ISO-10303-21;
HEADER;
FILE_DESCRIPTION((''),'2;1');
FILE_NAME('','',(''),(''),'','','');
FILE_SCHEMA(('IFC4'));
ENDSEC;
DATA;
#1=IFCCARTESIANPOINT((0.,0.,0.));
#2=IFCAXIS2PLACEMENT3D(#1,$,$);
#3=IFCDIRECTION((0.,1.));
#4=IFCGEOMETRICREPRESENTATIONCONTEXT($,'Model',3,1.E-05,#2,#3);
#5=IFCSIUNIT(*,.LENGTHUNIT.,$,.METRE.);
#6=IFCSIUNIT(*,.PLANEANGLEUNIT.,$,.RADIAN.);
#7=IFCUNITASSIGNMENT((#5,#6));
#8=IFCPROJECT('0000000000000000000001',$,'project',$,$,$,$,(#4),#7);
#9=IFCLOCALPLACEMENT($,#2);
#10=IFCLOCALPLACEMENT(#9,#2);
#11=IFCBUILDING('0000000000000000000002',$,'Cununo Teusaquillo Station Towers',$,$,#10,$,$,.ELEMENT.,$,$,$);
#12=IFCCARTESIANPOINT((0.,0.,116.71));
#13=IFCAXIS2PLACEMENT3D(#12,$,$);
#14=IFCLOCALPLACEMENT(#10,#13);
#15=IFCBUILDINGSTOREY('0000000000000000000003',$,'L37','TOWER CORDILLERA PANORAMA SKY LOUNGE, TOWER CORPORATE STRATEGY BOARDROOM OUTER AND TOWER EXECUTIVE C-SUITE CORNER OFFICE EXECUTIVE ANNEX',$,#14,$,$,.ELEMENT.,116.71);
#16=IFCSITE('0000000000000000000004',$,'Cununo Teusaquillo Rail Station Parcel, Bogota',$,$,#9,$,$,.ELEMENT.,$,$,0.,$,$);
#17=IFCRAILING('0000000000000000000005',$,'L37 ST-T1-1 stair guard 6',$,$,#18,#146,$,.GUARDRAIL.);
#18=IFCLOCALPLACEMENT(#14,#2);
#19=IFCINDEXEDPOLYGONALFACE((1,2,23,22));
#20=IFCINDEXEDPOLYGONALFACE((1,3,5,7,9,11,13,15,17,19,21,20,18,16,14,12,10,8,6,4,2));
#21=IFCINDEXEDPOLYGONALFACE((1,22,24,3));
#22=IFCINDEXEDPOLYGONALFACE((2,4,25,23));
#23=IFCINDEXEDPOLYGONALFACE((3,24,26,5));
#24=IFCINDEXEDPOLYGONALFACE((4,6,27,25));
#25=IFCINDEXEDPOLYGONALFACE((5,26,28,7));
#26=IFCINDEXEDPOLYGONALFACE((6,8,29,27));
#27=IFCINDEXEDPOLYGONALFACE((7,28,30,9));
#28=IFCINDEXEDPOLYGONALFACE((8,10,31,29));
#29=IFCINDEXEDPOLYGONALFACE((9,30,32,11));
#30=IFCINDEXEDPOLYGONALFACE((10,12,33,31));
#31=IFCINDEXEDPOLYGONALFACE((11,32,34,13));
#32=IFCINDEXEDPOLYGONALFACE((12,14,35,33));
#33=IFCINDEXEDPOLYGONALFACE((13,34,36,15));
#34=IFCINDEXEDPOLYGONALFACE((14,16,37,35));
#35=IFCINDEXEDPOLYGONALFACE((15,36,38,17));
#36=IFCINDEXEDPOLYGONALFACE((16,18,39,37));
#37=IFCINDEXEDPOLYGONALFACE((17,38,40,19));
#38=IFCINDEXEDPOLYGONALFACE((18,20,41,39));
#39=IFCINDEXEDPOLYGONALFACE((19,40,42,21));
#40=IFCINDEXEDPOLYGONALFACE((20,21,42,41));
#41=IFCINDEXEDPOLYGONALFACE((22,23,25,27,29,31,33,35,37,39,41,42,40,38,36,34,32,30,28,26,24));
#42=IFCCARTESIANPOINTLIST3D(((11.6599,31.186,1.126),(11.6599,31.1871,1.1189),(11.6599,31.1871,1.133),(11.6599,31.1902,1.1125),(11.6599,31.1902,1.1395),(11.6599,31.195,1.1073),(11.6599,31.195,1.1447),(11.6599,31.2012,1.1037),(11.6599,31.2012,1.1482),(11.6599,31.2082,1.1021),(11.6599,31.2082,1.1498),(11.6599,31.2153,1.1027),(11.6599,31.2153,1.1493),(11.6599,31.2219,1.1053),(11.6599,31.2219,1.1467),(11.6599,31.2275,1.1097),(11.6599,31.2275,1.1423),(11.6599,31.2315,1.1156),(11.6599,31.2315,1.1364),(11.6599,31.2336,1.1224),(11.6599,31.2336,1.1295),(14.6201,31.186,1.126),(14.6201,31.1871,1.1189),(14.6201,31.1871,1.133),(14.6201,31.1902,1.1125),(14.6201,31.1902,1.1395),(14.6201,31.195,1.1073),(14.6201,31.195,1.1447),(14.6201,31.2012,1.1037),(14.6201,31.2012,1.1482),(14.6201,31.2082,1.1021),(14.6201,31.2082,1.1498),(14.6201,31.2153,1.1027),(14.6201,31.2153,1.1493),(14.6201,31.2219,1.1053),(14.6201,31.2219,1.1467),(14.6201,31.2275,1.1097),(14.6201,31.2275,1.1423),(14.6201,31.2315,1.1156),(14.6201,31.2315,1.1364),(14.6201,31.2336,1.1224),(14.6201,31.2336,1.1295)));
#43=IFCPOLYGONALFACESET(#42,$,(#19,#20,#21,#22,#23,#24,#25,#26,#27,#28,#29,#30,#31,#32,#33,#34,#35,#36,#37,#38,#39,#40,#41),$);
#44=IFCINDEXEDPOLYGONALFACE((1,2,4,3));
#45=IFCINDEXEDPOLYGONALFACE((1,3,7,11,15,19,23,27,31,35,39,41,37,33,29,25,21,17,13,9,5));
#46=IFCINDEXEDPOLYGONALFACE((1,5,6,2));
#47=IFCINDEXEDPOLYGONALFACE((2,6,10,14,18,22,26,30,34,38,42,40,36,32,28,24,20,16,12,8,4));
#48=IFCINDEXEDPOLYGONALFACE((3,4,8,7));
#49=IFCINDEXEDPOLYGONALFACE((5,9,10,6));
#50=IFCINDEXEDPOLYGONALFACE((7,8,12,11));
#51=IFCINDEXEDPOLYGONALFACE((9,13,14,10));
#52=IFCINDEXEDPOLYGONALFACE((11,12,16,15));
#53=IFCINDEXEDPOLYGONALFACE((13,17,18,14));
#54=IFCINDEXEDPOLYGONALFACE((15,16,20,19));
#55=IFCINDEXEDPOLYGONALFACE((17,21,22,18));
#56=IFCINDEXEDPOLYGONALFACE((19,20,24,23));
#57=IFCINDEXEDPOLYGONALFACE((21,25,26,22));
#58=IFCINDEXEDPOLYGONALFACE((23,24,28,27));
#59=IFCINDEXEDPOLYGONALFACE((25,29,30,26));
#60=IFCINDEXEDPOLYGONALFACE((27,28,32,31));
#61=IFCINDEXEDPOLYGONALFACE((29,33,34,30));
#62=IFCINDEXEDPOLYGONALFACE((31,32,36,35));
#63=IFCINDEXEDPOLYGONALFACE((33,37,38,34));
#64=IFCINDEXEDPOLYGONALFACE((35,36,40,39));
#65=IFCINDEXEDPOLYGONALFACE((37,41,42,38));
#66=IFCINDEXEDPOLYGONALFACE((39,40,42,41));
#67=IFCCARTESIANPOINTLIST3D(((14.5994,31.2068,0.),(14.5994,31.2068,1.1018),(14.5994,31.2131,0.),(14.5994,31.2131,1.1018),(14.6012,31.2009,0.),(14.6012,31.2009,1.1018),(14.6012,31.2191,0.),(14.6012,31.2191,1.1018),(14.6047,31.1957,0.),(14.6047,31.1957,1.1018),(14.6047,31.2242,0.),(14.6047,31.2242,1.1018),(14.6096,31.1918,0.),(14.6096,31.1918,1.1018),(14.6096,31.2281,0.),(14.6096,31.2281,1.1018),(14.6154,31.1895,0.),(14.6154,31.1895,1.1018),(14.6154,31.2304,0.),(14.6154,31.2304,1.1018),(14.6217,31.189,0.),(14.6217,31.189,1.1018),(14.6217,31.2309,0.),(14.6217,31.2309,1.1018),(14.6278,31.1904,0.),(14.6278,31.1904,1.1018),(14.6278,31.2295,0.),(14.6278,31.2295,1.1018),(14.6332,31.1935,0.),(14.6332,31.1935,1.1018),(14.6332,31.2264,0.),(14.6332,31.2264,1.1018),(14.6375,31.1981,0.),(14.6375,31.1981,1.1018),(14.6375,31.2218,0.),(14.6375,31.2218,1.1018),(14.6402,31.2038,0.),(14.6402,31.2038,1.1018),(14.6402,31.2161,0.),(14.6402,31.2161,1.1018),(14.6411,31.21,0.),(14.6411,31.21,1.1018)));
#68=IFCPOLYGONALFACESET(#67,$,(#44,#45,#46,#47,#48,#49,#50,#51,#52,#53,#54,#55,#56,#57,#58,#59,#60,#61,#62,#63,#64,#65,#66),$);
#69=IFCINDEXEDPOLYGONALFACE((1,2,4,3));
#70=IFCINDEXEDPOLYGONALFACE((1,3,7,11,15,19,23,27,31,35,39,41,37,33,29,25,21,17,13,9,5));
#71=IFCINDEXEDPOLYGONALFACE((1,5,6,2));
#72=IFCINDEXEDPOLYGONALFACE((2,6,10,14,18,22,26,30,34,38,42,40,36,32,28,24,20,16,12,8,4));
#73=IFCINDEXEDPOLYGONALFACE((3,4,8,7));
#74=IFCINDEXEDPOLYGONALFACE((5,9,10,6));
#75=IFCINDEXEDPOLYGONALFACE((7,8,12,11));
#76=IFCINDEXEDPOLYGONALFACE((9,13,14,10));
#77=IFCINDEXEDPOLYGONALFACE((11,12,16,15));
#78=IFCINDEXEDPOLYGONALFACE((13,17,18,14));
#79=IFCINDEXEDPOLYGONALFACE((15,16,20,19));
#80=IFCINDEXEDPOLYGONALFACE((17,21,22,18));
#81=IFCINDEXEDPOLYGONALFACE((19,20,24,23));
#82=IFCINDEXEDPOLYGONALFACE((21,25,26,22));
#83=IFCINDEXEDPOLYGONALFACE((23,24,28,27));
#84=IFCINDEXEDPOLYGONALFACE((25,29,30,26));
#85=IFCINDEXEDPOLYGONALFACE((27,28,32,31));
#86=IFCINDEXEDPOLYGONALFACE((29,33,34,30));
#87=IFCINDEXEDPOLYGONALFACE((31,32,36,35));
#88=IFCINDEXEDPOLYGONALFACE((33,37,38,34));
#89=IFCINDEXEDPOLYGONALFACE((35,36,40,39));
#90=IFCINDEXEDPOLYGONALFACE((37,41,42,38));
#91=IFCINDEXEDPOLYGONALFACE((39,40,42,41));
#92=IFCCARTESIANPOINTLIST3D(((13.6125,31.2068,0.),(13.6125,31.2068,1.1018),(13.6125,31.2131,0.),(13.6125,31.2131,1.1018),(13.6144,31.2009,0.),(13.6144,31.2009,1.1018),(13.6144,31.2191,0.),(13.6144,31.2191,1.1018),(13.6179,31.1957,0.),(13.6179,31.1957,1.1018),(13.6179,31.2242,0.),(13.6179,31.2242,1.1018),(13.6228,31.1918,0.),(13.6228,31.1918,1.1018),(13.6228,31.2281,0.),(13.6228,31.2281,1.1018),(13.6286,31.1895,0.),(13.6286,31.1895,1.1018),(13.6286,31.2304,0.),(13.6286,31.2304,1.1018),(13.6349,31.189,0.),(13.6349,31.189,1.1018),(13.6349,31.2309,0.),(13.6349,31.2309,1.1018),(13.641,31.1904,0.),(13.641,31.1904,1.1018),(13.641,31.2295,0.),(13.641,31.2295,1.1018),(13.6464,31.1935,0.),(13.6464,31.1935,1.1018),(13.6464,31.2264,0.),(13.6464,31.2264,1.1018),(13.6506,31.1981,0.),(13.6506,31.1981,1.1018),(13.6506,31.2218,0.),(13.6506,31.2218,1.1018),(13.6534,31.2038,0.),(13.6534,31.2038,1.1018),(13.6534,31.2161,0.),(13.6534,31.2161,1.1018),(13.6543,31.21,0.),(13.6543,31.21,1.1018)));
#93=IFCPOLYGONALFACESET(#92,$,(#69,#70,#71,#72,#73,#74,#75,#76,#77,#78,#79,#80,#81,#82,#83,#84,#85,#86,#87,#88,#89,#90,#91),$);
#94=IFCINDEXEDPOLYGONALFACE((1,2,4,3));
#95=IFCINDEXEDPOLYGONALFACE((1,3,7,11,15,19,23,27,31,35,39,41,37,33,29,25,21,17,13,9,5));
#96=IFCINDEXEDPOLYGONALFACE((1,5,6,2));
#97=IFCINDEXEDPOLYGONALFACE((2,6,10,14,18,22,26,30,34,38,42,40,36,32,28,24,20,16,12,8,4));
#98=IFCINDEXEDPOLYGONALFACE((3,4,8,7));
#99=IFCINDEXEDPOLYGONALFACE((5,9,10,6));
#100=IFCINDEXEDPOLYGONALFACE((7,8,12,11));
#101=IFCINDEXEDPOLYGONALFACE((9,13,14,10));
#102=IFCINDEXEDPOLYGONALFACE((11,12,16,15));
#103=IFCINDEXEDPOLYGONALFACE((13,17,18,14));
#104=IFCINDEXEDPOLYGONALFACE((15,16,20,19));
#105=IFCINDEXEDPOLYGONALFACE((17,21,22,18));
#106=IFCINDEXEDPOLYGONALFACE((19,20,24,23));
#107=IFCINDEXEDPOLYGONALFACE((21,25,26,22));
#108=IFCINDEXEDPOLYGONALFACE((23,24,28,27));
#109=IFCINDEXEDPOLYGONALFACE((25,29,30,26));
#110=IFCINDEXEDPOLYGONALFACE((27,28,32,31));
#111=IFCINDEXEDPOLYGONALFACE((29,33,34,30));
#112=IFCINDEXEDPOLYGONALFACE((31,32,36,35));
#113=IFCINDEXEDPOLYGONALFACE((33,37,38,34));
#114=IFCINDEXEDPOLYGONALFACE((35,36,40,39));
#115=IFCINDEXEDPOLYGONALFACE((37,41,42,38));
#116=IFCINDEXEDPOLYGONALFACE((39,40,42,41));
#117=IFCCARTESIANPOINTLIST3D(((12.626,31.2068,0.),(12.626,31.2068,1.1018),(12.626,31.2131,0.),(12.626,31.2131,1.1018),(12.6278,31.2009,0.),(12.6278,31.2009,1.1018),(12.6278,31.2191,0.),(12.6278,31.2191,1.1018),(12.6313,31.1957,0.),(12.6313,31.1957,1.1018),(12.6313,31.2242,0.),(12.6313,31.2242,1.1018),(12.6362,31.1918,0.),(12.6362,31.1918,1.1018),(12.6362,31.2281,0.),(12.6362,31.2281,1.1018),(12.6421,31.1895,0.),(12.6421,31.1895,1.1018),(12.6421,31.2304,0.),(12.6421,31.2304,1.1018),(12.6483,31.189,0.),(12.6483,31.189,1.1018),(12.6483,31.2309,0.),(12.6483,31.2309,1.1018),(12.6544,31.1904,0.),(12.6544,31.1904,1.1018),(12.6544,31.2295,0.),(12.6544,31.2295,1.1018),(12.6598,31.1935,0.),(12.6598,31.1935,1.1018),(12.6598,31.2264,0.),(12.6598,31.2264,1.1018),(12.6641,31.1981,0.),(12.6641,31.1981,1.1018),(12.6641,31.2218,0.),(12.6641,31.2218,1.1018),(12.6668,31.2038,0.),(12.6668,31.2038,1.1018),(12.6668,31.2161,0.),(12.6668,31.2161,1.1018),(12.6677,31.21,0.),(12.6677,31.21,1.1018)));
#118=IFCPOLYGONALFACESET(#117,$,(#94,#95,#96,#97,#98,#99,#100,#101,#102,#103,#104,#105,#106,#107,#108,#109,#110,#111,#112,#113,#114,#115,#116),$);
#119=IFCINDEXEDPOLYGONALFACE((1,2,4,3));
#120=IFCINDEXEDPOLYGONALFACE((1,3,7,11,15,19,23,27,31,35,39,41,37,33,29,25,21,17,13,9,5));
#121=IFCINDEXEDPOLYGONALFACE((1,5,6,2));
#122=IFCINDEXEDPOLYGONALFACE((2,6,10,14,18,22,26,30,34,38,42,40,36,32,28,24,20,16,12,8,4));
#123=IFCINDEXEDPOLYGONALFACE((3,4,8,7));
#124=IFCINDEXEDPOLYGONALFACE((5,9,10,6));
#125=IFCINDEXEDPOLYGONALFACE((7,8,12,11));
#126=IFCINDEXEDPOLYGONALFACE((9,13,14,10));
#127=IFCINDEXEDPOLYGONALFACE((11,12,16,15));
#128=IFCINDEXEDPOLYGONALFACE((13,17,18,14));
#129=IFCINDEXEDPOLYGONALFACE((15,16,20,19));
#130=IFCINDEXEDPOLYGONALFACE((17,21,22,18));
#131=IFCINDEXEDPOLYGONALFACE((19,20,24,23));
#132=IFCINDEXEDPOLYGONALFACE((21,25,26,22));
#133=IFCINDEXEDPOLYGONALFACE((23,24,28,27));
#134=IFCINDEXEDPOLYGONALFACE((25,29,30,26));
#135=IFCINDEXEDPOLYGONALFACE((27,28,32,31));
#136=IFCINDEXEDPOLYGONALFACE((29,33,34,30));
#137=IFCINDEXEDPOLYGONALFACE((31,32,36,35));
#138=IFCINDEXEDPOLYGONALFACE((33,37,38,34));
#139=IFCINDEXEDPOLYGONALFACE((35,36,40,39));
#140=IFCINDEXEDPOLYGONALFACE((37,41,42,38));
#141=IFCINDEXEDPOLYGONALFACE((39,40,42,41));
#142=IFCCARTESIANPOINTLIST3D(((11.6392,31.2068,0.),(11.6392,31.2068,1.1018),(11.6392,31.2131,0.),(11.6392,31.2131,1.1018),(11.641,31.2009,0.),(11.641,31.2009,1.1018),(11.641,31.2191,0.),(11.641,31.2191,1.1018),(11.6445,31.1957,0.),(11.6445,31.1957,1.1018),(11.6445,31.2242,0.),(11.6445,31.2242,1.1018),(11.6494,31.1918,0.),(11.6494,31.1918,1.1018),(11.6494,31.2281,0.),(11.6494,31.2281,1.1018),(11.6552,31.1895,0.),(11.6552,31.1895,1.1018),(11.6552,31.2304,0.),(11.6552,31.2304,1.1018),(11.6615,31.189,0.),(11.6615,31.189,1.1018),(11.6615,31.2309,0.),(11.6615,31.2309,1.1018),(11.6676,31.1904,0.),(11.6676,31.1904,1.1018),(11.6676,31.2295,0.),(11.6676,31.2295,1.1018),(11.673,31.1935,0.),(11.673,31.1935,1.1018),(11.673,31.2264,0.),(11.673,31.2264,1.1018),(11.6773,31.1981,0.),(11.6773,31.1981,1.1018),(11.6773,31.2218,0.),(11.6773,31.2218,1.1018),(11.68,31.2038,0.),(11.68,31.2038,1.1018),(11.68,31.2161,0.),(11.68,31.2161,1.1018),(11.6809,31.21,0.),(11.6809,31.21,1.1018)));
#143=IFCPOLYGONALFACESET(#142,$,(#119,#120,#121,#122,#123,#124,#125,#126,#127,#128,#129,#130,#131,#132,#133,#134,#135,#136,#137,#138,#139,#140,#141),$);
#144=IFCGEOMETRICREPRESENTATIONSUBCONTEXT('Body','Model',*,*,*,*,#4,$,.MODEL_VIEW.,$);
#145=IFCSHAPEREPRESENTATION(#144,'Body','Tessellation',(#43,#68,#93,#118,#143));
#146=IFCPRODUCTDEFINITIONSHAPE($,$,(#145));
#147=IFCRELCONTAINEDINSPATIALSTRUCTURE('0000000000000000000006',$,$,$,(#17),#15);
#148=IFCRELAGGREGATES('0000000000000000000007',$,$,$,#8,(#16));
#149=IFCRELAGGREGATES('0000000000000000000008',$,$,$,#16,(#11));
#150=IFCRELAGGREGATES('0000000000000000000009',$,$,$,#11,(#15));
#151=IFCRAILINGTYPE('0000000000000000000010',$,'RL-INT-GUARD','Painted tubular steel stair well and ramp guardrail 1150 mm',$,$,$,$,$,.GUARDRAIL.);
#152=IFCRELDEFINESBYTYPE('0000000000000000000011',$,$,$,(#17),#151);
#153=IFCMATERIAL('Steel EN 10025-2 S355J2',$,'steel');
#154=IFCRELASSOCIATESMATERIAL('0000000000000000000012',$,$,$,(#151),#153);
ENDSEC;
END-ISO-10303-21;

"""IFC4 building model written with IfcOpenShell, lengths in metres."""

from ifc_helpers import new_model, si_unit, direction, frame, origin, origin_2d, place, context, subcontext, project, spatial, circle, extrude, material, type_object, element, save


model = new_model("IFC4")

# Units and contexts
model_context = context("Model", 3, precision=1e-05, world=origin(), true_north=direction((0.0, 1.0)))
body_context = subcontext(model_context, "Body", "Model", "MODEL_VIEW")
ifc_project = project(units=[si_unit("LENGTHUNIT", "METRE"), si_unit("PLANEANGLEUNIT", "RADIAN")], contexts=[model_context])

# Site, building, storey
site_placement = place(None, origin())
site = spatial("IfcSite", under=ifc_project, at=site_placement, Name="Cununo Teusaquillo Rail Station Parcel, Bogota", CompositionType="ELEMENT", RefElevation=0.0)
building_placement = place(site_placement, origin())
building = spatial("IfcBuilding", under=site, at=building_placement, Name="Cununo Teusaquillo Station Towers", CompositionType="ELEMENT")
storey_placement = place(building_placement, frame((0.0, 0.0, 116.71)))
storey = spatial("IfcBuildingStorey", under=building, at=storey_placement, Name="L37", Description="TOWER CORDILLERA PANORAMA SKY LOUNGE, TOWER CORPORATE STRATEGY BOARDROOM OUTER AND TOWER EXECUTIVE C-SUITE CORNER OFFICE EXECUTIVE ANNEX", CompositionType="ELEMENT", Elevation=116.71)

# Railing
ifc_material_1 = material(Name="Steel EN 10025-2 S355J2", Category="steel")
railing_type_1 = type_object("IfcRailingType", Name="RL-INT-GUARD", Description="Painted tubular steel stair well and ramp guardrail 1150 mm", PredefinedType="GUARDRAIL", material=ifc_material_1)
railing_1_placement = place(storey_placement, frame((14.6201, 31.21, 0.0)))
element("IfcRailing", 1, at=railing_1_placement, inside=storey, type_object=railing_type_1, Name="L37 ST-T1-1 stair guard 6", PredefinedType="GUARDRAIL", context=body_context, shape_type="SweptSolid", body=[
    extrude(circle(Radius=0.0239, at=origin_2d()), frame((0.0, 0.0, 1.126), z_axis=(-1.0, 0.0, 0.0), x_axis=(0.0, -1.0, 0.0)), (0.0, 0.0, 1.0), 2.9602),
    extrude(circle(Radius=0.021, at=origin_2d()), origin(), (0.0, 0.0, 1.0), 1.1018),
    extrude(circle(Radius=0.021, at=origin_2d()), frame((-0.9868, 0.0, 0.0)), (0.0, 0.0, 1.0), 1.1018),
    extrude(circle(Radius=0.021, at=origin_2d()), frame((-1.9734, 0.0, 0.0)), (0.0, 0.0, 1.0), 1.1018),
    extrude(circle(Radius=0.021, at=origin_2d()), frame((-2.9602, 0.0, 0.0)), (0.0, 0.0, 1.0), 1.1018),
])

save(model, "model.ifc")
